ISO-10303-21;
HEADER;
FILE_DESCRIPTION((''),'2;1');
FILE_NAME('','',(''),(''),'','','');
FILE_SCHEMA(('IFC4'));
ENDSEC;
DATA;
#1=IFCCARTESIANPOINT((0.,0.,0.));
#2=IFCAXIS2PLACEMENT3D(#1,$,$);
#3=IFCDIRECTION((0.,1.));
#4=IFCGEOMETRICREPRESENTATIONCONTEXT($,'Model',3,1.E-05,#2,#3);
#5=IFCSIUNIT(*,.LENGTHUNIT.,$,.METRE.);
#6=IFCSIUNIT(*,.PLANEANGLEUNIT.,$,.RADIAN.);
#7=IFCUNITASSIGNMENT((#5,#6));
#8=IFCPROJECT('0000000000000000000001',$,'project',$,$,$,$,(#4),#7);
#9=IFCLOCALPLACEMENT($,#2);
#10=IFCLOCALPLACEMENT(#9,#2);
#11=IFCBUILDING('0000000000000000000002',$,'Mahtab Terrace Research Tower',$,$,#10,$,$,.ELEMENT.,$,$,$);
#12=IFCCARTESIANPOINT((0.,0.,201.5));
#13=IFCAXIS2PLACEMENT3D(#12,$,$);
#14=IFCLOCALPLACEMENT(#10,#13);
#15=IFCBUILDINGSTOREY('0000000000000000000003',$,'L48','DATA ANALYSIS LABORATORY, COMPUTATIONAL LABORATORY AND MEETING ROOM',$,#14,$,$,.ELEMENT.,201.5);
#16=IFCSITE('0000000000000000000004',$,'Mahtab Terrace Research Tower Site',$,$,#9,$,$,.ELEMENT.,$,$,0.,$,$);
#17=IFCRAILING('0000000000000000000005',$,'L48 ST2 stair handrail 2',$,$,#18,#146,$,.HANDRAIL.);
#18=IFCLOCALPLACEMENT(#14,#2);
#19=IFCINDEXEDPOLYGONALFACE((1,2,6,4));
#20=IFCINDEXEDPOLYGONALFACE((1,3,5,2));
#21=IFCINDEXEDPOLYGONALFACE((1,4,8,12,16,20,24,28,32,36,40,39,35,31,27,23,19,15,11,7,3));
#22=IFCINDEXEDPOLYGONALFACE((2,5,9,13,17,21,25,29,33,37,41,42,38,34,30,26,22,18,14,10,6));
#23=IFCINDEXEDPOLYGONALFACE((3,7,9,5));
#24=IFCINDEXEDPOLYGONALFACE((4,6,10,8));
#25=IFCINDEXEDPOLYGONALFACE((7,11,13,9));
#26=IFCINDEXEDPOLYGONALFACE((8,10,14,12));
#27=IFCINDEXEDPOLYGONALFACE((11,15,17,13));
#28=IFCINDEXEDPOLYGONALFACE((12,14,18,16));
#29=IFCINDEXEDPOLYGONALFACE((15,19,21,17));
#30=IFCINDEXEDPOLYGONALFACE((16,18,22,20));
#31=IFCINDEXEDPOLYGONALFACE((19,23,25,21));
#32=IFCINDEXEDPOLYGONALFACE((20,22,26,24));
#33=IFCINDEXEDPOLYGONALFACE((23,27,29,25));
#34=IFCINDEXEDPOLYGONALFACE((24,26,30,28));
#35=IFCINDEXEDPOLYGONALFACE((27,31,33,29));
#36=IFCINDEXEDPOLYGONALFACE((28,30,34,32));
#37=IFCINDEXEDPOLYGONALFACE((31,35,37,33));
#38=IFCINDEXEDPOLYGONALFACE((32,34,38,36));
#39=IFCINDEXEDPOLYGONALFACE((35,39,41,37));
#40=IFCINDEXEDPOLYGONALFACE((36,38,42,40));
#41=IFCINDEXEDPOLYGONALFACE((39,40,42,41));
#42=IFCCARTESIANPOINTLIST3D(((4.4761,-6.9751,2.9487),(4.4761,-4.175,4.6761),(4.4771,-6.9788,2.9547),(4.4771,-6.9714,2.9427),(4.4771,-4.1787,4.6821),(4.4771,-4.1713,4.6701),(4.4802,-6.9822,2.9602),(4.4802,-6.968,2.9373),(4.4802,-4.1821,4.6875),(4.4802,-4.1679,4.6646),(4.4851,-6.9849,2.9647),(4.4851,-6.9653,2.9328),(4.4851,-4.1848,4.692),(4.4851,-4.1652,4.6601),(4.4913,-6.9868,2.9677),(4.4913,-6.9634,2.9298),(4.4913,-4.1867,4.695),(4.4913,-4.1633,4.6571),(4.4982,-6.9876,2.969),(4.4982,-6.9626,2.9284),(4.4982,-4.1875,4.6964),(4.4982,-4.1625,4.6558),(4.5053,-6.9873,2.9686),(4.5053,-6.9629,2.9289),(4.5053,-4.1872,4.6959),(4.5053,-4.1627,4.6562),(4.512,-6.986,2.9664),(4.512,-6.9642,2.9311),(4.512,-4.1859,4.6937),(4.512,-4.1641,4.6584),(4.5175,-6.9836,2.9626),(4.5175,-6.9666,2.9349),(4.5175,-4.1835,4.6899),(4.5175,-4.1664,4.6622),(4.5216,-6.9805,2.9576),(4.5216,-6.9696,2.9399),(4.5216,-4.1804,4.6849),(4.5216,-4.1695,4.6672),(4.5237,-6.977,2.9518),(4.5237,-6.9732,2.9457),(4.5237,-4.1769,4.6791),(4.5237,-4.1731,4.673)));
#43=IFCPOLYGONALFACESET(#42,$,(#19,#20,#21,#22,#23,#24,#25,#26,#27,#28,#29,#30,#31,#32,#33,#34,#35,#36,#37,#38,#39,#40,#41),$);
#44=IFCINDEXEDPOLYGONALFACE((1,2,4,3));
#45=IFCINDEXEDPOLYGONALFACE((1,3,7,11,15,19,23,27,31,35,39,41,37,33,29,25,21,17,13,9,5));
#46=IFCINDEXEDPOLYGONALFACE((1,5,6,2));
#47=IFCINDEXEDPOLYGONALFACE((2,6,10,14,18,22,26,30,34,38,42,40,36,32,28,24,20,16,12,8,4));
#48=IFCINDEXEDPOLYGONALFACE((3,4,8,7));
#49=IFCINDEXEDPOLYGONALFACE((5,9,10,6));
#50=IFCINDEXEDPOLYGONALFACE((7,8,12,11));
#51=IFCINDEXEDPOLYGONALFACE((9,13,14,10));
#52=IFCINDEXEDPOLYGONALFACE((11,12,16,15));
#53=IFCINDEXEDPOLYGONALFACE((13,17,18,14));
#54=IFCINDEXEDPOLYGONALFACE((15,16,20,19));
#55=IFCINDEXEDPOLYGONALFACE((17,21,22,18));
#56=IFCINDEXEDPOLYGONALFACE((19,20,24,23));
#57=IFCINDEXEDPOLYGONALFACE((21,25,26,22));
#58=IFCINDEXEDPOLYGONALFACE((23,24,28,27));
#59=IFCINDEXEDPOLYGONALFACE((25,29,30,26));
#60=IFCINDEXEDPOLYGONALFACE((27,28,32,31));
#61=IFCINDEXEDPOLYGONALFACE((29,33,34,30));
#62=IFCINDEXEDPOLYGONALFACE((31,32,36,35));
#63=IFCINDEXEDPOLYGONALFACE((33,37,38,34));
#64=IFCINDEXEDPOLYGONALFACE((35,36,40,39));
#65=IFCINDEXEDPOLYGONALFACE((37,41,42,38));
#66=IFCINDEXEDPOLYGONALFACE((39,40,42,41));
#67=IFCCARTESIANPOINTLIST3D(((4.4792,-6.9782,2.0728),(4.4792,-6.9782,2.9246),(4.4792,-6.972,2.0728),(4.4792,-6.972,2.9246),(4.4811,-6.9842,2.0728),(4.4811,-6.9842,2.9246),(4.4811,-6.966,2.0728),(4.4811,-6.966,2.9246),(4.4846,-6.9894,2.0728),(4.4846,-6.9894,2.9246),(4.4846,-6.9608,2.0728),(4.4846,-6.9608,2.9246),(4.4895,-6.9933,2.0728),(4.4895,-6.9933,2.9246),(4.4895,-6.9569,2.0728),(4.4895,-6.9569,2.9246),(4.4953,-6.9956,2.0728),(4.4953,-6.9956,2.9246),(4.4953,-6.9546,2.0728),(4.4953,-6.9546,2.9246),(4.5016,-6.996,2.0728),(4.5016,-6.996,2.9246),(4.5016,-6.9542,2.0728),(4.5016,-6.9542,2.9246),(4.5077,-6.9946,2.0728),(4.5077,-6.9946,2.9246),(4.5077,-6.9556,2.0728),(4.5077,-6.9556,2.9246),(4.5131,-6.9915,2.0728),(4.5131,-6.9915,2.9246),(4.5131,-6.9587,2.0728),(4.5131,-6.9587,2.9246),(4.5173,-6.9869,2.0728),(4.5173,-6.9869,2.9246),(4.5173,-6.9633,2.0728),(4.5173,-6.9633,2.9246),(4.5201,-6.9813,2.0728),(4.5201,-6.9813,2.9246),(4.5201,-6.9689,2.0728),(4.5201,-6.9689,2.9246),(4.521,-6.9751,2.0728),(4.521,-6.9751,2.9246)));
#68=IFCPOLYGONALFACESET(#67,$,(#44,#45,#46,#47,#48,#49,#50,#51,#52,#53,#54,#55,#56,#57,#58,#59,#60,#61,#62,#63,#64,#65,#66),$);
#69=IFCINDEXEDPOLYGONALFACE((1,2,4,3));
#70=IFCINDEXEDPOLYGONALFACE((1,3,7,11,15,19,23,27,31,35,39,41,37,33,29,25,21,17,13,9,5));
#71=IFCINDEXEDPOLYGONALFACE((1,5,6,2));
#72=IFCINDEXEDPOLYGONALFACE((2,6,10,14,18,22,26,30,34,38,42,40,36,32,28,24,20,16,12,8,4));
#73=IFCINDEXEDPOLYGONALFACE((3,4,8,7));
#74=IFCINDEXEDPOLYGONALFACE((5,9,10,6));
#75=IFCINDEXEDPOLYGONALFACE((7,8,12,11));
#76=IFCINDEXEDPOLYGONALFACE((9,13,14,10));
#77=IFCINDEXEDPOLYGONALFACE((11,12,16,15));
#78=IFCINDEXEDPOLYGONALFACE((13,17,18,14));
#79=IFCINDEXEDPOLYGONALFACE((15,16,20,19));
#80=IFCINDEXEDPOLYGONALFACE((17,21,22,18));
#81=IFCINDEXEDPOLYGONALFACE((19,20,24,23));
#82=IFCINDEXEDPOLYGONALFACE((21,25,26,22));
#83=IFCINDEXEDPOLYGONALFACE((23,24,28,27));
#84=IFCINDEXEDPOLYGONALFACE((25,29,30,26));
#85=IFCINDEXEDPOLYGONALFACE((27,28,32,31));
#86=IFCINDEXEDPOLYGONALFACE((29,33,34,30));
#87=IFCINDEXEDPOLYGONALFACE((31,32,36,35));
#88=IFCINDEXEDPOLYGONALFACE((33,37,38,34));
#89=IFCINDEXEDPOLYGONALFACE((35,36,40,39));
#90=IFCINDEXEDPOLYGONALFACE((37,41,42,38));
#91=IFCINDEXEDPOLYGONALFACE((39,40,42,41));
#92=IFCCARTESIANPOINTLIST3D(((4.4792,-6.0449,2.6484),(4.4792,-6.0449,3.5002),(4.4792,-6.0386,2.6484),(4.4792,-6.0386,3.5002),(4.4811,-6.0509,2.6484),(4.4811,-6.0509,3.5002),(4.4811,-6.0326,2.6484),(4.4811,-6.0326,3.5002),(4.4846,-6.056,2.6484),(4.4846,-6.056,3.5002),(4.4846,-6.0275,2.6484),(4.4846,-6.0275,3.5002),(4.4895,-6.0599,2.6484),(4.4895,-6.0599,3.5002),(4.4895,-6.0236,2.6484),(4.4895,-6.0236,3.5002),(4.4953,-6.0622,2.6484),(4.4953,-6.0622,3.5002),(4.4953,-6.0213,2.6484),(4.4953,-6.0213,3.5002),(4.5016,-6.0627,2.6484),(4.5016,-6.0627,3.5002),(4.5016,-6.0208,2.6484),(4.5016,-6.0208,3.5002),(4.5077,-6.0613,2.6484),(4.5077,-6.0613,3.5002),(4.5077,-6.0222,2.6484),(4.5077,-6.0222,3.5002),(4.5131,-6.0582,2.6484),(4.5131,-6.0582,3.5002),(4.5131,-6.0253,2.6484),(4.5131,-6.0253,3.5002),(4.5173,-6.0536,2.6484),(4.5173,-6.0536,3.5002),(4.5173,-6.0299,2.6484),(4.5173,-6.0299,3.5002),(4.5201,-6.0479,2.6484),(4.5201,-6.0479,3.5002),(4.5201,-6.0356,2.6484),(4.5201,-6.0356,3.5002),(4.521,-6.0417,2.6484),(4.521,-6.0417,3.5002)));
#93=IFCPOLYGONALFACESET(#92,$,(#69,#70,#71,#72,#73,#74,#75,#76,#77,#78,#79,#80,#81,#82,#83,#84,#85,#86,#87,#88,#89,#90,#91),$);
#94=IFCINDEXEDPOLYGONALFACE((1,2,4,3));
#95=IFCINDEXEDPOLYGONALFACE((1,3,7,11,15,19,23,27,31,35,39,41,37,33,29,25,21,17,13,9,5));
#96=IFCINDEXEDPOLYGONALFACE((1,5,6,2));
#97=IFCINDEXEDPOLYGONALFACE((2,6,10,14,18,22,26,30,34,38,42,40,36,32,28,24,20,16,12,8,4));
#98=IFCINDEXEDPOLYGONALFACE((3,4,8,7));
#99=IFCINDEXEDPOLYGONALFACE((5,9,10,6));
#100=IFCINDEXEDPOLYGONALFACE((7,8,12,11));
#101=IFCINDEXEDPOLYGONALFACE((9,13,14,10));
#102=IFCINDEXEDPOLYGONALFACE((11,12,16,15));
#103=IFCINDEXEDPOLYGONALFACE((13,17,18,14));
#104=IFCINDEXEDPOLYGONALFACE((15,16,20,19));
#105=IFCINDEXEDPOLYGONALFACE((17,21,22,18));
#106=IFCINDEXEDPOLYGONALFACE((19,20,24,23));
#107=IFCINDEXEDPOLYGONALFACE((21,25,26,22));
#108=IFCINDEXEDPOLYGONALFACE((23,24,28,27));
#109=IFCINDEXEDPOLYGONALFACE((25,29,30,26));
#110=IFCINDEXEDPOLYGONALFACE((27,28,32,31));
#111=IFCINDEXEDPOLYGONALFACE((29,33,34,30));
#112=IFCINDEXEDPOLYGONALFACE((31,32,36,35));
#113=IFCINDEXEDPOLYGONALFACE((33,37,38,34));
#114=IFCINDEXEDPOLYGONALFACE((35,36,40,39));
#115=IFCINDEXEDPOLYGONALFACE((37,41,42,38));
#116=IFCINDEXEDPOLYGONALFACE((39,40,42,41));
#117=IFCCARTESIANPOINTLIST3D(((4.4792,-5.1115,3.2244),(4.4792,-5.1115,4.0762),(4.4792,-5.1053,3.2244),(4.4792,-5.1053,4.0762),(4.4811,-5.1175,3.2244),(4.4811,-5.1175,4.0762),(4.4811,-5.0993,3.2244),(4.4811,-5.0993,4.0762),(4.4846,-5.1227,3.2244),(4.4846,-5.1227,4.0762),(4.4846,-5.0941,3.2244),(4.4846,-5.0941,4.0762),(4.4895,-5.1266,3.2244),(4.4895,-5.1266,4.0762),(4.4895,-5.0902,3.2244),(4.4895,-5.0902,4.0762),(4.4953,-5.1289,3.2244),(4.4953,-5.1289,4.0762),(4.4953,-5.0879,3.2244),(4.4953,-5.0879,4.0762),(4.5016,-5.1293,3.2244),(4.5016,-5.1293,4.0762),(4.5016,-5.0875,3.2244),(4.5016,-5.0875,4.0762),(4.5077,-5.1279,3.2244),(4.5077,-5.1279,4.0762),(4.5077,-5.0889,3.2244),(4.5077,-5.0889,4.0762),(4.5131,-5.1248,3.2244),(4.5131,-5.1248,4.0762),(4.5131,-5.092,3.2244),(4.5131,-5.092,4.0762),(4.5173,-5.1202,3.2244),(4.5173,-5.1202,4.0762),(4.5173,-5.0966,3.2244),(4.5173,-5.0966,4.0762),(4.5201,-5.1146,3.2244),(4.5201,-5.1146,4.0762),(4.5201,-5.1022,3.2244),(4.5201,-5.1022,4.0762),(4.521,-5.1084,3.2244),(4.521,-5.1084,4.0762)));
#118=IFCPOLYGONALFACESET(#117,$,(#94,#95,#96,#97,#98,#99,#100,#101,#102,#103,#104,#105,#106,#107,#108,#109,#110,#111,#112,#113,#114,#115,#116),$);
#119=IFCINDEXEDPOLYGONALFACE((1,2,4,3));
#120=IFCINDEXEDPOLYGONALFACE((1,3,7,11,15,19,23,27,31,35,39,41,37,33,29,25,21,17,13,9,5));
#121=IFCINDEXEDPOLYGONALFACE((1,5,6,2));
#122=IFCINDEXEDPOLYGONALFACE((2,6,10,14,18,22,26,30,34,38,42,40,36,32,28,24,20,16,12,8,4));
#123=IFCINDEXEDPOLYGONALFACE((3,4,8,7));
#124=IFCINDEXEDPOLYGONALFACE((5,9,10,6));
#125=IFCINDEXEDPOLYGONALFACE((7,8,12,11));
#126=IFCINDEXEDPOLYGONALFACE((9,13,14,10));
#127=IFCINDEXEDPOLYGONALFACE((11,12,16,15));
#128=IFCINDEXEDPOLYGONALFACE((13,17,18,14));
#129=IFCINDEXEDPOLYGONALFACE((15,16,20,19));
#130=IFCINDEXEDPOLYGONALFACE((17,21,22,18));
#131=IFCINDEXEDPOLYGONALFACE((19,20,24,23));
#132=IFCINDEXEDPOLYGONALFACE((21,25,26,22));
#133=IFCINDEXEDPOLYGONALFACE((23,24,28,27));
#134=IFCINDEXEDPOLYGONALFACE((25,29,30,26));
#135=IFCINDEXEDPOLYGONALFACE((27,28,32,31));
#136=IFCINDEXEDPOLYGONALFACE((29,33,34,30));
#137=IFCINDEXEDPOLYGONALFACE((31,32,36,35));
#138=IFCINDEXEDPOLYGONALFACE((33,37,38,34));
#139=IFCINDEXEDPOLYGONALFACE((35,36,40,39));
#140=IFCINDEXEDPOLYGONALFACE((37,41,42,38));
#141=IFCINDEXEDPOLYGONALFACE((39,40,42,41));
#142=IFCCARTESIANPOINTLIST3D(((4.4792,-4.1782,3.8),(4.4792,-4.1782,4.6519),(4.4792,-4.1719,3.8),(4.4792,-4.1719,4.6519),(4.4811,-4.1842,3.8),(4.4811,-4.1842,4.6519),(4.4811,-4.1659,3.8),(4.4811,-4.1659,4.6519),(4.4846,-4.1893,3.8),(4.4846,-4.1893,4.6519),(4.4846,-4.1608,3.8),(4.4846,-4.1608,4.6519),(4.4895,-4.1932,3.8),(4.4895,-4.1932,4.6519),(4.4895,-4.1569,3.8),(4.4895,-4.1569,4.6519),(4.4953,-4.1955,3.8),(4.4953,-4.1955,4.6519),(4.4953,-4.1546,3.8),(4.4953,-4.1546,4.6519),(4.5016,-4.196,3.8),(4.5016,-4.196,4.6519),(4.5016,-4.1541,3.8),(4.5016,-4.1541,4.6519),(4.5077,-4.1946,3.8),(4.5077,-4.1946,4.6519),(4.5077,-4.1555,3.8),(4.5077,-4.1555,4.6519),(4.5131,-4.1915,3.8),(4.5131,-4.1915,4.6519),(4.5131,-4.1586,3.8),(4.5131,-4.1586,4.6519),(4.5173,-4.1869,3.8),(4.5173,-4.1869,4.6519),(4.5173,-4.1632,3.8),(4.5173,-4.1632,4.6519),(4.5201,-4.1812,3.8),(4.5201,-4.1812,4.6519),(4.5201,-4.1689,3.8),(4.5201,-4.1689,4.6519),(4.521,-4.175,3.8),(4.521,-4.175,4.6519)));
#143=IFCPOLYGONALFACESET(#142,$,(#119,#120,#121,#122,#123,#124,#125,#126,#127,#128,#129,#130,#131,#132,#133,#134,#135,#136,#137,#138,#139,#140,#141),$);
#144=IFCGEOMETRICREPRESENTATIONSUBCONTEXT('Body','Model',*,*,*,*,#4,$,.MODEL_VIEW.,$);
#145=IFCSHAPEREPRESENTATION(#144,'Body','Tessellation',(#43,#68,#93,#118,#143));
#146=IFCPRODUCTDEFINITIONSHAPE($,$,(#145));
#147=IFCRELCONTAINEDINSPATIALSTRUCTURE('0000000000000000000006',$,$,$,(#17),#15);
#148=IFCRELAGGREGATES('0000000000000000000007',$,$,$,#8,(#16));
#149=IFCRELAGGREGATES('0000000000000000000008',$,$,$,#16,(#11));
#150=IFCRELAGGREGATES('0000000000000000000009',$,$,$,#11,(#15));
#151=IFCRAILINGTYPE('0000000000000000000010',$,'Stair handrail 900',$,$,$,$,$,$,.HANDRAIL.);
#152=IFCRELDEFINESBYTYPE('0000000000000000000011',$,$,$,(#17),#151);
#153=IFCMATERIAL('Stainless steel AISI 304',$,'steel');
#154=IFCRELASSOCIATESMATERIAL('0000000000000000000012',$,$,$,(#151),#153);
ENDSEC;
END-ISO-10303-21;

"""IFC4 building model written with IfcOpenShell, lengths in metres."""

from ifc_helpers import new_model, si_unit, direction, frame, origin, origin_2d, place, context, subcontext, project, spatial, circle, extrude, material, type_object, element, save


model = new_model("IFC4")

# Units and contexts
model_context = context("Model", 3, precision=1e-05, world=origin(), true_north=direction((0.0, 1.0)))
body_context = subcontext(model_context, "Body", "Model", "MODEL_VIEW")
ifc_project = project(units=[si_unit("LENGTHUNIT", "METRE"), si_unit("PLANEANGLEUNIT", "RADIAN")], contexts=[model_context])

# Site, building, storey
site_placement = place(None, origin())
site = spatial("IfcSite", under=ifc_project, at=site_placement, Name="Mahtab Terrace Research Tower Site", CompositionType="ELEMENT", RefElevation=0.0)
building_placement = place(site_placement, origin())
building = spatial("IfcBuilding", under=site, at=building_placement, Name="Mahtab Terrace Research Tower", CompositionType="ELEMENT")
storey_placement = place(building_placement, frame((0.0, 0.0, 201.5)))
storey = spatial("IfcBuildingStorey", under=building, at=storey_placement, Name="L48", Description="DATA ANALYSIS LABORATORY, COMPUTATIONAL LABORATORY AND MEETING ROOM", CompositionType="ELEMENT", Elevation=201.5)

# Railing
ifc_material_1 = material(Name="Stainless steel AISI 304", Category="steel")
railing_type_1 = type_object("IfcRailingType", Name="Stair handrail 900", PredefinedType="HANDRAIL", material=ifc_material_1)
railing_1_placement = place(storey_placement, frame((4.5, -6.9751, 2.0728)))
element("IfcRailing", 1, at=railing_1_placement, inside=storey, type_object=railing_type_1, Name="L48 ST2 stair handrail 2", PredefinedType="HANDRAIL", context=body_context, shape_type="SweptSolid", body=[
    extrude(circle(Radius=0.0239, at=origin_2d()), frame((0.0, 0.0, 0.876), z_axis=(0.0, 0.85109, 0.52502), x_axis=(-1.0, 0.0, 0.0)), (0.0, 0.0, 1.0), 3.29),
    extrude(circle(Radius=0.021, at=origin_2d()), origin(), (0.0, 0.0, 1.0), 0.8518),
    extrude(circle(Radius=0.021, at=origin_2d()), frame((0.0, 0.9333, 0.5757)), (0.0, 0.0, 1.0), 0.8518),
    extrude(circle(Radius=0.021, at=origin_2d()), frame((0.0, 1.8667, 1.1516)), (0.0, 0.0, 1.0), 0.8518),
    extrude(circle(Radius=0.021, at=origin_2d()), frame((0.0, 2.8, 1.7273)), (0.0, 0.0, 1.0), 0.8518),
])

save(model, "model.ifc")
